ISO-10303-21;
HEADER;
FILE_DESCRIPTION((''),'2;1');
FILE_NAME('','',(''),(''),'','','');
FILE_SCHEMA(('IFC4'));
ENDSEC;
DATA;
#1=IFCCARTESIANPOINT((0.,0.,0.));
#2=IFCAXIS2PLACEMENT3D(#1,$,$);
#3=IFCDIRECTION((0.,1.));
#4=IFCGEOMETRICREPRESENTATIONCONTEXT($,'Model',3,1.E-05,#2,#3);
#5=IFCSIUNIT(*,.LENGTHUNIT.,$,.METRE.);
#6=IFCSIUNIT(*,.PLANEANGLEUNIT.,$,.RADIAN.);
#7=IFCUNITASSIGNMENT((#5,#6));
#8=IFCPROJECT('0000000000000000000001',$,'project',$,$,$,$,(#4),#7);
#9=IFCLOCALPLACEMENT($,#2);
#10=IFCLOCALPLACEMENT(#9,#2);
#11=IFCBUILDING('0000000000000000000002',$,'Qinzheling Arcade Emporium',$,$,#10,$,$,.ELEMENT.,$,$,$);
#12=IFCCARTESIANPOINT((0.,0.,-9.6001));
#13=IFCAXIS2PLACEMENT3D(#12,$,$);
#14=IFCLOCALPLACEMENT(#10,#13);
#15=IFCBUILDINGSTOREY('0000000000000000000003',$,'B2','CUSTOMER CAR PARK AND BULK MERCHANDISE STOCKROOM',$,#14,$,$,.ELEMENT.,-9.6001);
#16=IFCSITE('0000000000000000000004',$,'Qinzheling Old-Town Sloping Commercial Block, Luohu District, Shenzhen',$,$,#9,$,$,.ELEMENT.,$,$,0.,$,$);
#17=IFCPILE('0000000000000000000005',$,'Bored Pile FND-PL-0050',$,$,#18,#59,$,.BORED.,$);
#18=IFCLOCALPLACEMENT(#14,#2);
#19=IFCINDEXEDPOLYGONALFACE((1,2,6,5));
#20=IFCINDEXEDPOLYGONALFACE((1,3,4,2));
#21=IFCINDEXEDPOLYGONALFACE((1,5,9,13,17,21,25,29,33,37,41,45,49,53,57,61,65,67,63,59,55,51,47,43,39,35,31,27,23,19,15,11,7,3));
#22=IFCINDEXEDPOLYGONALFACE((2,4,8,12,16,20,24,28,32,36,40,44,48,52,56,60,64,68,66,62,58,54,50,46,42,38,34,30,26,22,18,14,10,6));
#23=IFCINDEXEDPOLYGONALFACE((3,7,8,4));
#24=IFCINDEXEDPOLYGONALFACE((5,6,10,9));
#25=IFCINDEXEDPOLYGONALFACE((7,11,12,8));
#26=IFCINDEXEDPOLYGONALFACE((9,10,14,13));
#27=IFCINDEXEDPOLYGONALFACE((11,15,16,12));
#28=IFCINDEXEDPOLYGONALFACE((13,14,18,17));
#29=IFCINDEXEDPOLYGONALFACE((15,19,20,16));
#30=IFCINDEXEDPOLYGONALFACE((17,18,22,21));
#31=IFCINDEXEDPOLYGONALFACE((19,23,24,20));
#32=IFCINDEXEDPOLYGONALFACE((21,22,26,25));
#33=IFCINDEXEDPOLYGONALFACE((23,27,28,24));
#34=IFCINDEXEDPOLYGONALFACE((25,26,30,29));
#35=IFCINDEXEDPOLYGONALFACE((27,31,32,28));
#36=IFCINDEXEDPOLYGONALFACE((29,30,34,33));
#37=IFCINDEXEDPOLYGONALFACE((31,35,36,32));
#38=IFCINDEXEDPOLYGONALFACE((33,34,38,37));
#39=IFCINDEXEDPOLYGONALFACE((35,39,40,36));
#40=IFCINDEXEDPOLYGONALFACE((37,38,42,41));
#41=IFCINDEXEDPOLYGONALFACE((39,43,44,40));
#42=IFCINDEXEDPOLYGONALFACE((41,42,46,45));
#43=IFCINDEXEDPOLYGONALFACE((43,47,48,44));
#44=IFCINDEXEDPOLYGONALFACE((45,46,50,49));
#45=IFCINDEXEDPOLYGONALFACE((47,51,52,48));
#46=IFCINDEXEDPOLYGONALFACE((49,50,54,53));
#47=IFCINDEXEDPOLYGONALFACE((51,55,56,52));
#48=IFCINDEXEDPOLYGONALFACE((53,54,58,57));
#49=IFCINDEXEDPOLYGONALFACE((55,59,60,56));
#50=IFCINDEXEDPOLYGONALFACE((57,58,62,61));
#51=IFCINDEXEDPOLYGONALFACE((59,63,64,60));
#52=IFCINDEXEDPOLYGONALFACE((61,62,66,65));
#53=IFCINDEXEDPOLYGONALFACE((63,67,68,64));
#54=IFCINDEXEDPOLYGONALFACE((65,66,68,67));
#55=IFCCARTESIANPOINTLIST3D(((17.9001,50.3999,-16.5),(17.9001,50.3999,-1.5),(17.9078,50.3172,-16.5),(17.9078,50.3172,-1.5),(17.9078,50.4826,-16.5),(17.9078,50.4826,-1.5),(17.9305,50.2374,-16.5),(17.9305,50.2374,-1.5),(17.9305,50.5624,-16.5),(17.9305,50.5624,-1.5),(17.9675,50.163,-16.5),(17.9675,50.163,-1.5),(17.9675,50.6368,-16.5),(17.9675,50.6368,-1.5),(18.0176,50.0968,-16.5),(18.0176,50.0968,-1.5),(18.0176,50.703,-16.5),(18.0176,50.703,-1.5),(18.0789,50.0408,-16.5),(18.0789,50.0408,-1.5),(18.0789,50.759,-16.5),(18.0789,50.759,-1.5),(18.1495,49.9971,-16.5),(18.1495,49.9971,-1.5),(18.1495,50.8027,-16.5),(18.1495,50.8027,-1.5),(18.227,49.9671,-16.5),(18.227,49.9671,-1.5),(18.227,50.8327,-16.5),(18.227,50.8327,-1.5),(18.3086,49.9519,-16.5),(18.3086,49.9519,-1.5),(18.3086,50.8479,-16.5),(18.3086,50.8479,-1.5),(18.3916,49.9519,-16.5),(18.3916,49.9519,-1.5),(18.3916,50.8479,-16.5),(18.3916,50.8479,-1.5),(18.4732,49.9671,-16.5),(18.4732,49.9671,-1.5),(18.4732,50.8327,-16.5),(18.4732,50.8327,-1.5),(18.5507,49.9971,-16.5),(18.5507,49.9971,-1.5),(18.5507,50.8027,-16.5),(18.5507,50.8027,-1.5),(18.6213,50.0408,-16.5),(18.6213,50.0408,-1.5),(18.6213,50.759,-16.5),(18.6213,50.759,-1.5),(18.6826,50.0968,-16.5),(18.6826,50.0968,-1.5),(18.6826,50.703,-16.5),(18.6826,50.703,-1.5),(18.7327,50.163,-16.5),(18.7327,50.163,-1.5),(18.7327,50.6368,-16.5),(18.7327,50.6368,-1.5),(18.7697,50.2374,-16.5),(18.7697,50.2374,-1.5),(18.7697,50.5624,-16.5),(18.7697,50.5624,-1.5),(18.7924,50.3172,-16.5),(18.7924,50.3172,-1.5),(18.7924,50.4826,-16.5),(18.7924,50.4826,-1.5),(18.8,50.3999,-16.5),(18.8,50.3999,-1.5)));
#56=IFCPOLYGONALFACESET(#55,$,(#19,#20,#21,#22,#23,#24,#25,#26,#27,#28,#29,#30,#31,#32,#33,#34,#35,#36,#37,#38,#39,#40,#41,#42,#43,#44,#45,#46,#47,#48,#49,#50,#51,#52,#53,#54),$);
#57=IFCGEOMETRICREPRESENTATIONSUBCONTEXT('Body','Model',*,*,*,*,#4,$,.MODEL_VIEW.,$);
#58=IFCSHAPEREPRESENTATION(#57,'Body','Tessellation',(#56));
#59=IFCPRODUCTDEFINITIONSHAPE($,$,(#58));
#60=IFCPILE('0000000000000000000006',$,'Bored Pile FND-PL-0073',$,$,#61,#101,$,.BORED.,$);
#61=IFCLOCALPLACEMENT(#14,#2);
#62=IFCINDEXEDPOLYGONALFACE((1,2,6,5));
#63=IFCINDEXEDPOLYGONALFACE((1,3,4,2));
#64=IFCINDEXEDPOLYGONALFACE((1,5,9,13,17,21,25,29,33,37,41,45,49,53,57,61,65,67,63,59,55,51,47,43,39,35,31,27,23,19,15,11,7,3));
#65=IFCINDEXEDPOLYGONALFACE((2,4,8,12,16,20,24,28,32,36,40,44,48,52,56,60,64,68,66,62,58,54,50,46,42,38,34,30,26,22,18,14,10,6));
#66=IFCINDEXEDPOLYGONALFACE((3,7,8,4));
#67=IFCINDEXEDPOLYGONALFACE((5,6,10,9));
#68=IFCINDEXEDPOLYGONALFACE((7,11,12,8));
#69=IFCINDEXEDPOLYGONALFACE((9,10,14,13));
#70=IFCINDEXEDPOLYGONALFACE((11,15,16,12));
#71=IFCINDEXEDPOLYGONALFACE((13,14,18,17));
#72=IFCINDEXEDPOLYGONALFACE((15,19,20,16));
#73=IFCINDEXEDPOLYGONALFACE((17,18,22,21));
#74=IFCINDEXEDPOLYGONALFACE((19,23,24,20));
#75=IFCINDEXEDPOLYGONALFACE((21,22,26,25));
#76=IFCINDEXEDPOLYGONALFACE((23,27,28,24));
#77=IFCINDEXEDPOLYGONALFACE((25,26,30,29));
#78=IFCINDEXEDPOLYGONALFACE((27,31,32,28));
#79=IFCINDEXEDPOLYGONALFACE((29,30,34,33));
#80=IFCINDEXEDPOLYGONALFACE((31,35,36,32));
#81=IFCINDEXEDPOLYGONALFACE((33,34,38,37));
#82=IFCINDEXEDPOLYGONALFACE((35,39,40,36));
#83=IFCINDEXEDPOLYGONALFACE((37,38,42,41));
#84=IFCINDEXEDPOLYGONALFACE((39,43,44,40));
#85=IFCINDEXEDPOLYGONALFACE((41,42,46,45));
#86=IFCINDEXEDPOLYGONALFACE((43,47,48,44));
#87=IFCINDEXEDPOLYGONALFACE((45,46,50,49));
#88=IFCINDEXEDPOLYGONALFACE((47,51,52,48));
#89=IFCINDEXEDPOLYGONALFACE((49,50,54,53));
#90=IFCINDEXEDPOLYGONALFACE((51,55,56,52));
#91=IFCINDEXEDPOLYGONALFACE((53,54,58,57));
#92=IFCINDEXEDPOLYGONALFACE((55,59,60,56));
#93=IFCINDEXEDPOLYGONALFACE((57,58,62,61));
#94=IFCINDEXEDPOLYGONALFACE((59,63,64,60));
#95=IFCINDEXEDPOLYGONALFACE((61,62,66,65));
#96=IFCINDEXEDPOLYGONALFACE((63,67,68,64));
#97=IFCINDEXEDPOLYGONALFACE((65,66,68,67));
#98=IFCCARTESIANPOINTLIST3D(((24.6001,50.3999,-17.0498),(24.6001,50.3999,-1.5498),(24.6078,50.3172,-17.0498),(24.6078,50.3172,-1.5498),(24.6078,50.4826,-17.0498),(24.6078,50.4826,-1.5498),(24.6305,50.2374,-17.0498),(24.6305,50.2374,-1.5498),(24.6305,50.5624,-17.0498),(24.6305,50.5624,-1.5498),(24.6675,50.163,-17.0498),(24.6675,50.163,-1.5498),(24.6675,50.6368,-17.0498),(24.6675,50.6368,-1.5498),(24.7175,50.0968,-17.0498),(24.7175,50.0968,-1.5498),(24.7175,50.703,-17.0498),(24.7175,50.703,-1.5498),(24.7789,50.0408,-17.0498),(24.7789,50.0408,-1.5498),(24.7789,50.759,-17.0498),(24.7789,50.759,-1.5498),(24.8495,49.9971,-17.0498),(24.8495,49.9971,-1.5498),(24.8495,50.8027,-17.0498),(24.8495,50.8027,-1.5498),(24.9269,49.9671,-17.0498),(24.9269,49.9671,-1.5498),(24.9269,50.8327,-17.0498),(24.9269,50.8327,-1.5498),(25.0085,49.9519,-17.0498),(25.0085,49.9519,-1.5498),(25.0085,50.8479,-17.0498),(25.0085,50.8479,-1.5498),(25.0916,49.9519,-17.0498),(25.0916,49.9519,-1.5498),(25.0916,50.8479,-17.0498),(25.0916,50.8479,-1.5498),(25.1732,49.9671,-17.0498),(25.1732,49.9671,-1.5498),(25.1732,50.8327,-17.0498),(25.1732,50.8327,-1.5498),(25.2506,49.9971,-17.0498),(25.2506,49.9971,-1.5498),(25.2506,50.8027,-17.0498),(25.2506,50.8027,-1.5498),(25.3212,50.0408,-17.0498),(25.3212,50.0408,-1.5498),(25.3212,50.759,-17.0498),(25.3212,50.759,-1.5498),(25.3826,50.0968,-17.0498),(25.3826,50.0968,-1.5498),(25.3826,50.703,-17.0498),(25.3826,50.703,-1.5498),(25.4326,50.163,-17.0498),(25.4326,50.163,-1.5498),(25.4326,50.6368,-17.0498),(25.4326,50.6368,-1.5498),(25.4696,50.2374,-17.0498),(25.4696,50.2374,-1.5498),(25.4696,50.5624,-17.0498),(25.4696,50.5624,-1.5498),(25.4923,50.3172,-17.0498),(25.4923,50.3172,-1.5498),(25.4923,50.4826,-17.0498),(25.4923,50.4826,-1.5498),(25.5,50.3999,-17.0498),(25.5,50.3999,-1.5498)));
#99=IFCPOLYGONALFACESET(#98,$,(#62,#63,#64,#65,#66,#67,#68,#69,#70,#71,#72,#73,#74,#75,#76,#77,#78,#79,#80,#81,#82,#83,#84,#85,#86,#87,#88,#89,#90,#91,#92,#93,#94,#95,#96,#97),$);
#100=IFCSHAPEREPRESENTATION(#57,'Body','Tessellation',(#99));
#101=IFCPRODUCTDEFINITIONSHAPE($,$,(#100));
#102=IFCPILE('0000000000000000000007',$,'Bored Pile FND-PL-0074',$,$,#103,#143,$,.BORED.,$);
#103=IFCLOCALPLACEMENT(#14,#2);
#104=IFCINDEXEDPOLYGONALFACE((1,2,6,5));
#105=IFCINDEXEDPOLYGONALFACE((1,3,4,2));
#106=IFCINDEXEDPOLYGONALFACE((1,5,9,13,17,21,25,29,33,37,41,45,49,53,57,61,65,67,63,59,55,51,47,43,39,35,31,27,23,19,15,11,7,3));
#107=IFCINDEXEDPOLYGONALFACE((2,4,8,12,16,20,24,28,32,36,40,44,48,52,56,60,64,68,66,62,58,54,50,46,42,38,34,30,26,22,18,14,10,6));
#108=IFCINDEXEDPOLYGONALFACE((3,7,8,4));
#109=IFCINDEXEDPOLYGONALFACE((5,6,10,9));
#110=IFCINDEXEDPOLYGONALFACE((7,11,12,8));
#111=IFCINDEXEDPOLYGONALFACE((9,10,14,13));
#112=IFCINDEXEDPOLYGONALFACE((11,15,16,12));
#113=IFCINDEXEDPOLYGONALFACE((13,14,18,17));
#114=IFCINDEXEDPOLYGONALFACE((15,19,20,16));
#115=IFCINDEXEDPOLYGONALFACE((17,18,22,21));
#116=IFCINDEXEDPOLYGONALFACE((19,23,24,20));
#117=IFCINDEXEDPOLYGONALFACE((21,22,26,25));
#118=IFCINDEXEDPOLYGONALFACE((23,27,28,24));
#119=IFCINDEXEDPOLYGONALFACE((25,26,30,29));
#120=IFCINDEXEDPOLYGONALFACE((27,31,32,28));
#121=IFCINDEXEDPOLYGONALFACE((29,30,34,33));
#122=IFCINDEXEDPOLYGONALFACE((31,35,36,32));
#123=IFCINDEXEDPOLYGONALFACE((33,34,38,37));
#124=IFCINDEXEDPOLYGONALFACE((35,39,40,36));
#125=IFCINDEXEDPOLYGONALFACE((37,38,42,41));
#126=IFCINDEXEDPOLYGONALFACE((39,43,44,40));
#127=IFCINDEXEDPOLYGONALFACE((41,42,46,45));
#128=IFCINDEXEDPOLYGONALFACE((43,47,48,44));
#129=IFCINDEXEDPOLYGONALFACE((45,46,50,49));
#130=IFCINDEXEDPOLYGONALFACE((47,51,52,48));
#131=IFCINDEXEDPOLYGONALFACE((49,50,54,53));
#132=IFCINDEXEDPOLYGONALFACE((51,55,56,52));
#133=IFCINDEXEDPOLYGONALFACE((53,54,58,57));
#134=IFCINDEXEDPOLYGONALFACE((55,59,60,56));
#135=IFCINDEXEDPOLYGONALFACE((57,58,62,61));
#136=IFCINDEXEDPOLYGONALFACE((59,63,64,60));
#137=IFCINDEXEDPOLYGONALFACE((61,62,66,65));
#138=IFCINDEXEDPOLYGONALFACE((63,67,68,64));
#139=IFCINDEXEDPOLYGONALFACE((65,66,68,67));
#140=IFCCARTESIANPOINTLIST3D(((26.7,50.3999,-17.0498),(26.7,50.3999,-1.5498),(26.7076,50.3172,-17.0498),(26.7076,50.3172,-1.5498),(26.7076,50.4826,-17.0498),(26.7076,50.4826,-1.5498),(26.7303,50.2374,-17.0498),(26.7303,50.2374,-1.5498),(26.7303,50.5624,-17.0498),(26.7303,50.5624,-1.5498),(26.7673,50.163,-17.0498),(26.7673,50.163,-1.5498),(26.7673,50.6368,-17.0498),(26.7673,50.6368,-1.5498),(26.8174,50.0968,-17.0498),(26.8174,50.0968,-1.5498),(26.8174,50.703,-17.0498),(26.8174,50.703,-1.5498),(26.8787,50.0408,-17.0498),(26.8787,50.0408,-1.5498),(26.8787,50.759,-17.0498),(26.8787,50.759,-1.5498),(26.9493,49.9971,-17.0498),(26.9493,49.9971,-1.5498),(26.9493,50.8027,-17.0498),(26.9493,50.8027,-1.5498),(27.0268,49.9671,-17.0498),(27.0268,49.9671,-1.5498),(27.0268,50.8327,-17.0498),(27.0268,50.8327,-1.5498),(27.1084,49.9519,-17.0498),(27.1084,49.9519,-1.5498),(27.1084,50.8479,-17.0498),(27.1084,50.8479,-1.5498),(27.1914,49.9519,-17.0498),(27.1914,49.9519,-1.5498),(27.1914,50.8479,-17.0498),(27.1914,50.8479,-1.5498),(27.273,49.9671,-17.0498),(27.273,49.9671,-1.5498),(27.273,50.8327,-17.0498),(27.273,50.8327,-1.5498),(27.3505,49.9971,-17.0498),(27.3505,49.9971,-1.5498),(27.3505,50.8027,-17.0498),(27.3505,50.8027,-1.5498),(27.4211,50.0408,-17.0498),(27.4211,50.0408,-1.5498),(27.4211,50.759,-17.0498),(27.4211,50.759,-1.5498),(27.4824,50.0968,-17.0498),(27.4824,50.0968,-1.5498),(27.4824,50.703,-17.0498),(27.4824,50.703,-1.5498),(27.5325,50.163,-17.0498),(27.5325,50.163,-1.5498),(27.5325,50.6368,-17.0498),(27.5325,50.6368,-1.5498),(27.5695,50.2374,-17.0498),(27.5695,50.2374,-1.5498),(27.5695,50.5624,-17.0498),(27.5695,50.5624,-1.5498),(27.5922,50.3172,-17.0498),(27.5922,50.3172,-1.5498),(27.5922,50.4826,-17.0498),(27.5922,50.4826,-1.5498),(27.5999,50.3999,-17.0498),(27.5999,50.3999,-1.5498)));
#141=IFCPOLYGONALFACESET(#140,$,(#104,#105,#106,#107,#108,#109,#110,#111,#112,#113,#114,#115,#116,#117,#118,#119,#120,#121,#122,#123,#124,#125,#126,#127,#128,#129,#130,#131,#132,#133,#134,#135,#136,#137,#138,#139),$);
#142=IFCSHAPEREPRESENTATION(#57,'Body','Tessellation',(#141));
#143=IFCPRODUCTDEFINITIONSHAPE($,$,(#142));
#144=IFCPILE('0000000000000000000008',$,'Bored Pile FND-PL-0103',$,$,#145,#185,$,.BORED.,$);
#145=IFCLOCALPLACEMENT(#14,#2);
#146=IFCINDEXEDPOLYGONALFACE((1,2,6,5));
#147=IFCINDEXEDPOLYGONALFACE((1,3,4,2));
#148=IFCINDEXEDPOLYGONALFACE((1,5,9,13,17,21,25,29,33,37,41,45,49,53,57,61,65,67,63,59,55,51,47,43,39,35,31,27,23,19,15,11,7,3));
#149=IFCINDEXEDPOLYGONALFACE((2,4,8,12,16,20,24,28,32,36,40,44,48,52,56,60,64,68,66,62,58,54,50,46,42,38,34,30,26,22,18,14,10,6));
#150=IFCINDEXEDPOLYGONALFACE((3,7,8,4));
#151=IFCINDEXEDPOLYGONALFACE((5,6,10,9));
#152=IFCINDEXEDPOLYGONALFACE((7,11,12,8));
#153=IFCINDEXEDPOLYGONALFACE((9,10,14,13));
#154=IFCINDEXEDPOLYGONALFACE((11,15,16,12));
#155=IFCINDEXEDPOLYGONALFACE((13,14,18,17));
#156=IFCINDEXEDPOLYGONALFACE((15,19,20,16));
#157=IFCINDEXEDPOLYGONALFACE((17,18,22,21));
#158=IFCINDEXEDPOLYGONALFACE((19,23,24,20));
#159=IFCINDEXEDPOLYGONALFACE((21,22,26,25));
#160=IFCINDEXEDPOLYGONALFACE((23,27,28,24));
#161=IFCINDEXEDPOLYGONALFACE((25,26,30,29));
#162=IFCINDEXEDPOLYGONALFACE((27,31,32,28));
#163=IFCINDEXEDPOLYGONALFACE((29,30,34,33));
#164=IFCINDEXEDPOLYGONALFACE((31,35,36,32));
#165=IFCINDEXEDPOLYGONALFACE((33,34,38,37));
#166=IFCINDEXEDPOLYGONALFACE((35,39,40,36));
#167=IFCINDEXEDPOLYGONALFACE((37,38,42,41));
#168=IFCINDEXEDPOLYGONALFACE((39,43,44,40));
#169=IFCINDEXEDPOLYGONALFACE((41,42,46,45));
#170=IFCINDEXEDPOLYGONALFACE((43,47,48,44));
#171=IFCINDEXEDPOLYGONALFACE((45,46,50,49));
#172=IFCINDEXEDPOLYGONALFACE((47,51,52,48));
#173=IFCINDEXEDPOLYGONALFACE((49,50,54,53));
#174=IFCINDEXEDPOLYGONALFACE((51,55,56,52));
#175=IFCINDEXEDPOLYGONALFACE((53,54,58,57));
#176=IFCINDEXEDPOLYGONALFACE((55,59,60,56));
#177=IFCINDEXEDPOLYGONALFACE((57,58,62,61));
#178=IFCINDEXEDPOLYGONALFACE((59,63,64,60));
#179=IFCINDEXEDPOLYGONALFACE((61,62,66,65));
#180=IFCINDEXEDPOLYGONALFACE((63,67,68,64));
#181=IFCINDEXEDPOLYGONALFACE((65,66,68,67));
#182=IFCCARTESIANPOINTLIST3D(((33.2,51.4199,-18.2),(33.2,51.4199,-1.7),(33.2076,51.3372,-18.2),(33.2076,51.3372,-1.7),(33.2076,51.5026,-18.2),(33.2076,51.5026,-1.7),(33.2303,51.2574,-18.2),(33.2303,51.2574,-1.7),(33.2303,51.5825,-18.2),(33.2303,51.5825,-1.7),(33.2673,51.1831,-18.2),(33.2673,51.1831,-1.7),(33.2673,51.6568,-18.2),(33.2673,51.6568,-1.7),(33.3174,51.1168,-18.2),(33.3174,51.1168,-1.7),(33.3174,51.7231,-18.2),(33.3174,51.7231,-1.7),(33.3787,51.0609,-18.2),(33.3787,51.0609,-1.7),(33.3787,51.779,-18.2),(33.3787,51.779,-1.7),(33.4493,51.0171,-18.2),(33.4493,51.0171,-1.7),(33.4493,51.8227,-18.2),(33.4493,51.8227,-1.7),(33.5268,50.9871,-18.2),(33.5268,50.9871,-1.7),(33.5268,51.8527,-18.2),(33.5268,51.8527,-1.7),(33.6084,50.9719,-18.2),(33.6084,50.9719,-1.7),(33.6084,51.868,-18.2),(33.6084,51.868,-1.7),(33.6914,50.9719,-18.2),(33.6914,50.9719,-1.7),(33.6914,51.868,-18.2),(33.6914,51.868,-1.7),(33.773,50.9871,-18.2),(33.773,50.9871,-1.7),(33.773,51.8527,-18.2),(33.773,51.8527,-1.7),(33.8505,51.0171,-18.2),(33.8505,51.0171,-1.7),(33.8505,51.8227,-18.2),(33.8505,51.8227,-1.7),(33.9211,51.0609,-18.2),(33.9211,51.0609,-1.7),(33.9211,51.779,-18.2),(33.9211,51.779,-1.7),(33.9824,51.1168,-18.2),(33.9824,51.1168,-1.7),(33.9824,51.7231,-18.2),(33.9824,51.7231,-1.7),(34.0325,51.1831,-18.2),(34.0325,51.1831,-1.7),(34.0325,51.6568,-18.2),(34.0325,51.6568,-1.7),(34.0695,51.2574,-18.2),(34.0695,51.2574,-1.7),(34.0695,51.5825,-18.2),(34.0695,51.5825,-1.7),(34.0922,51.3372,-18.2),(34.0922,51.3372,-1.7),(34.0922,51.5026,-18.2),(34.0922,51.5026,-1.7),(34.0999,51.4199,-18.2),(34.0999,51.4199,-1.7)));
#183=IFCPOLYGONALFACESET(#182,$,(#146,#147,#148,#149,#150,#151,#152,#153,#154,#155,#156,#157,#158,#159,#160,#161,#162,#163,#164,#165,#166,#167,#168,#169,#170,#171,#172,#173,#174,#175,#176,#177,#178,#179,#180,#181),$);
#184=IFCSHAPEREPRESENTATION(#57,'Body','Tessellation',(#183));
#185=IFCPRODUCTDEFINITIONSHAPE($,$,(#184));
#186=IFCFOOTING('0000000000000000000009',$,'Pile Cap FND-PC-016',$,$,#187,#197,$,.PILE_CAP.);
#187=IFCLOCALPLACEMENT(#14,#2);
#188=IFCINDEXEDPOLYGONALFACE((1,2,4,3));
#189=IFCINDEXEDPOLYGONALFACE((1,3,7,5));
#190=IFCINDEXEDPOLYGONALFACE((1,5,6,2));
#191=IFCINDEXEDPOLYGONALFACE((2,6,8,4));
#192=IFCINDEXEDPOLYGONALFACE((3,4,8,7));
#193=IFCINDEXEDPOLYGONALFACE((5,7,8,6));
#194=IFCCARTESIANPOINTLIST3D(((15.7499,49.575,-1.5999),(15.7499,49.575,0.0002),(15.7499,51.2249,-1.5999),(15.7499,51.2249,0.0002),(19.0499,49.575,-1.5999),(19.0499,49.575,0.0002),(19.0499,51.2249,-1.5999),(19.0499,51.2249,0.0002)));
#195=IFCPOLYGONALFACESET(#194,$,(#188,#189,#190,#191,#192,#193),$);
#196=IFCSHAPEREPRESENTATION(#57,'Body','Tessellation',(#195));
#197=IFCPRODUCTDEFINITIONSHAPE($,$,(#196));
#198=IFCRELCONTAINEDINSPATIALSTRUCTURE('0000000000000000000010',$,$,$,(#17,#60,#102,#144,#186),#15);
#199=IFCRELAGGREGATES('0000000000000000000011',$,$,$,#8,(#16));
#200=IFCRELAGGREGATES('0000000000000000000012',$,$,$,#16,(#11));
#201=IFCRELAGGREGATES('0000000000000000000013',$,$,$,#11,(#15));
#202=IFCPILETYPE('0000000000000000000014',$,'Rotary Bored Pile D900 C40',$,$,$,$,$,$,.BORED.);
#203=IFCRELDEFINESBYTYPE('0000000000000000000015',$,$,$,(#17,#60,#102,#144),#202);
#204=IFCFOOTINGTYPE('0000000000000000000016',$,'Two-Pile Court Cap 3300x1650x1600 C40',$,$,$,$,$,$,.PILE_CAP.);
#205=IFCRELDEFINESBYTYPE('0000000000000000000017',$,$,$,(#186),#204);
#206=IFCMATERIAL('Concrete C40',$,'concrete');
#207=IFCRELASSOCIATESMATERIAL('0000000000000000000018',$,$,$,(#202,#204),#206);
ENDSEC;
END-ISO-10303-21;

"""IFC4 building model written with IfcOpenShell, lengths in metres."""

from ifc_helpers import new_model, si_unit, direction, frame, origin, origin_2d, place, context, subcontext, project, spatial, rectangle, circle, extrude, material, material_profile, profile_set, type_object, element, save


model = new_model("IFC4")

# Units and contexts
model_context = context("Model", 3, precision=1e-05, world=origin(), true_north=direction((0.0, 1.0)))
body_context = subcontext(model_context, "Body", "Model", "MODEL_VIEW")
ifc_project = project(units=[si_unit("LENGTHUNIT", "METRE"), si_unit("PLANEANGLEUNIT", "RADIAN")], contexts=[model_context])

# Site, building, storey
site_placement = place(None, origin())
site = spatial("IfcSite", under=ifc_project, at=site_placement, Name="Qinzheling Old-Town Sloping Commercial Block, Luohu District, Shenzhen", CompositionType="ELEMENT", RefElevation=0.0)
building_placement = place(site_placement, origin())
building = spatial("IfcBuilding", under=site, at=building_placement, Name="Qinzheling Arcade Emporium", CompositionType="ELEMENT")
storey_placement = place(building_placement, frame((0.0, 0.0, -9.6001)))
storey = spatial("IfcBuildingStorey", under=building, at=storey_placement, Name="B2", Description="CUSTOMER CAR PARK AND BULK MERCHANDISE STOCKROOM", CompositionType="ELEMENT", Elevation=-9.6001)

# Shared definitions
ifc_material_1 = material(Name="Concrete C40", Category="concrete")

# Piles
ifc_material_profile_1 = material_profile(ifc_material_1, circle(Radius=0.45, at=origin_2d()), Name="BORED D900", Category="concrete")
ifc_profile_set_1 = profile_set([ifc_material_profile_1], Name="Concrete C40")
pile_type_1 = type_object("IfcPileType", Name="Rotary Bored Pile D900 C40", PredefinedType="BORED", material=ifc_profile_set_1)
for number, where, z_axis, x_axis, name in (
    (1, (18.3501, 50.3999, -1.5), (0.0, 0.0, -1.0), (1.0, 0.0, 0.0), "Bored Pile FND-PL-0050"),
):
    element("IfcPile", number, at=place(storey_placement, frame(where, z_axis=z_axis, x_axis=x_axis)), inside=storey, type_object=pile_type_1, Name=name, PredefinedType="BORED", context=body_context, shape_type="SweptSolid", body=[
        extrude(circle(Radius=0.45, at=origin_2d()), origin(), (0.0, 0.0, 1.0), 15.0),
    ])
for number, where, z_axis, x_axis, name in (
    (2, (25.05, 50.3999, -1.5498), (0.0, 0.0, -1.0), (1.0, 0.0, 0.0), "Bored Pile FND-PL-0073"),
    (3, (27.1499, 50.3999, -1.5498), (0.0, 0.0, -1.0), (1.0, 0.0, 0.0), "Bored Pile FND-PL-0074"),
):
    element("IfcPile", number, at=place(storey_placement, frame(where, z_axis=z_axis, x_axis=x_axis)), inside=storey, type_object=pile_type_1, Name=name, PredefinedType="BORED", context=body_context, shape_type="SweptSolid", body=[
        extrude(circle(Radius=0.45, at=origin_2d()), origin(), (0.0, 0.0, 1.0), 15.5),
    ])
pile_1_placement = place(storey_placement, frame((33.6499, 51.4199, -1.7), z_axis=(0.0, 0.0, -1.0), x_axis=(1.0, 0.0, 0.0)))
element("IfcPile", 4, at=pile_1_placement, inside=storey, type_object=pile_type_1, Name="Bored Pile FND-PL-0103", PredefinedType="BORED", context=body_context, shape_type="SweptSolid", body=[
    extrude(circle(Radius=0.45, at=origin_2d()), origin(), (0.0, 0.0, 1.0), 16.5),
])

# Footing
footing_type_1 = type_object("IfcFootingType", Name="Two-Pile Court Cap 3300x1650x1600 C40", PredefinedType="PILE_CAP", material=ifc_material_1)
footing_1_placement = place(storey_placement, frame((17.3999, 50.3999, -1.5999), z_axis=(0.0, 0.0, 1.0), x_axis=(1.0, 0.0, 0.0)))
element("IfcFooting", 5, at=footing_1_placement, inside=storey, type_object=footing_type_1, Name="Pile Cap FND-PC-016", PredefinedType="PILE_CAP", context=body_context, shape_type="SweptSolid", body=[
    extrude(rectangle(XDim=3.3, YDim=1.6499, at=origin_2d()), origin(), (0.0, 0.0, 1.0), 1.6001),
])

save(model, "model.ifc")
